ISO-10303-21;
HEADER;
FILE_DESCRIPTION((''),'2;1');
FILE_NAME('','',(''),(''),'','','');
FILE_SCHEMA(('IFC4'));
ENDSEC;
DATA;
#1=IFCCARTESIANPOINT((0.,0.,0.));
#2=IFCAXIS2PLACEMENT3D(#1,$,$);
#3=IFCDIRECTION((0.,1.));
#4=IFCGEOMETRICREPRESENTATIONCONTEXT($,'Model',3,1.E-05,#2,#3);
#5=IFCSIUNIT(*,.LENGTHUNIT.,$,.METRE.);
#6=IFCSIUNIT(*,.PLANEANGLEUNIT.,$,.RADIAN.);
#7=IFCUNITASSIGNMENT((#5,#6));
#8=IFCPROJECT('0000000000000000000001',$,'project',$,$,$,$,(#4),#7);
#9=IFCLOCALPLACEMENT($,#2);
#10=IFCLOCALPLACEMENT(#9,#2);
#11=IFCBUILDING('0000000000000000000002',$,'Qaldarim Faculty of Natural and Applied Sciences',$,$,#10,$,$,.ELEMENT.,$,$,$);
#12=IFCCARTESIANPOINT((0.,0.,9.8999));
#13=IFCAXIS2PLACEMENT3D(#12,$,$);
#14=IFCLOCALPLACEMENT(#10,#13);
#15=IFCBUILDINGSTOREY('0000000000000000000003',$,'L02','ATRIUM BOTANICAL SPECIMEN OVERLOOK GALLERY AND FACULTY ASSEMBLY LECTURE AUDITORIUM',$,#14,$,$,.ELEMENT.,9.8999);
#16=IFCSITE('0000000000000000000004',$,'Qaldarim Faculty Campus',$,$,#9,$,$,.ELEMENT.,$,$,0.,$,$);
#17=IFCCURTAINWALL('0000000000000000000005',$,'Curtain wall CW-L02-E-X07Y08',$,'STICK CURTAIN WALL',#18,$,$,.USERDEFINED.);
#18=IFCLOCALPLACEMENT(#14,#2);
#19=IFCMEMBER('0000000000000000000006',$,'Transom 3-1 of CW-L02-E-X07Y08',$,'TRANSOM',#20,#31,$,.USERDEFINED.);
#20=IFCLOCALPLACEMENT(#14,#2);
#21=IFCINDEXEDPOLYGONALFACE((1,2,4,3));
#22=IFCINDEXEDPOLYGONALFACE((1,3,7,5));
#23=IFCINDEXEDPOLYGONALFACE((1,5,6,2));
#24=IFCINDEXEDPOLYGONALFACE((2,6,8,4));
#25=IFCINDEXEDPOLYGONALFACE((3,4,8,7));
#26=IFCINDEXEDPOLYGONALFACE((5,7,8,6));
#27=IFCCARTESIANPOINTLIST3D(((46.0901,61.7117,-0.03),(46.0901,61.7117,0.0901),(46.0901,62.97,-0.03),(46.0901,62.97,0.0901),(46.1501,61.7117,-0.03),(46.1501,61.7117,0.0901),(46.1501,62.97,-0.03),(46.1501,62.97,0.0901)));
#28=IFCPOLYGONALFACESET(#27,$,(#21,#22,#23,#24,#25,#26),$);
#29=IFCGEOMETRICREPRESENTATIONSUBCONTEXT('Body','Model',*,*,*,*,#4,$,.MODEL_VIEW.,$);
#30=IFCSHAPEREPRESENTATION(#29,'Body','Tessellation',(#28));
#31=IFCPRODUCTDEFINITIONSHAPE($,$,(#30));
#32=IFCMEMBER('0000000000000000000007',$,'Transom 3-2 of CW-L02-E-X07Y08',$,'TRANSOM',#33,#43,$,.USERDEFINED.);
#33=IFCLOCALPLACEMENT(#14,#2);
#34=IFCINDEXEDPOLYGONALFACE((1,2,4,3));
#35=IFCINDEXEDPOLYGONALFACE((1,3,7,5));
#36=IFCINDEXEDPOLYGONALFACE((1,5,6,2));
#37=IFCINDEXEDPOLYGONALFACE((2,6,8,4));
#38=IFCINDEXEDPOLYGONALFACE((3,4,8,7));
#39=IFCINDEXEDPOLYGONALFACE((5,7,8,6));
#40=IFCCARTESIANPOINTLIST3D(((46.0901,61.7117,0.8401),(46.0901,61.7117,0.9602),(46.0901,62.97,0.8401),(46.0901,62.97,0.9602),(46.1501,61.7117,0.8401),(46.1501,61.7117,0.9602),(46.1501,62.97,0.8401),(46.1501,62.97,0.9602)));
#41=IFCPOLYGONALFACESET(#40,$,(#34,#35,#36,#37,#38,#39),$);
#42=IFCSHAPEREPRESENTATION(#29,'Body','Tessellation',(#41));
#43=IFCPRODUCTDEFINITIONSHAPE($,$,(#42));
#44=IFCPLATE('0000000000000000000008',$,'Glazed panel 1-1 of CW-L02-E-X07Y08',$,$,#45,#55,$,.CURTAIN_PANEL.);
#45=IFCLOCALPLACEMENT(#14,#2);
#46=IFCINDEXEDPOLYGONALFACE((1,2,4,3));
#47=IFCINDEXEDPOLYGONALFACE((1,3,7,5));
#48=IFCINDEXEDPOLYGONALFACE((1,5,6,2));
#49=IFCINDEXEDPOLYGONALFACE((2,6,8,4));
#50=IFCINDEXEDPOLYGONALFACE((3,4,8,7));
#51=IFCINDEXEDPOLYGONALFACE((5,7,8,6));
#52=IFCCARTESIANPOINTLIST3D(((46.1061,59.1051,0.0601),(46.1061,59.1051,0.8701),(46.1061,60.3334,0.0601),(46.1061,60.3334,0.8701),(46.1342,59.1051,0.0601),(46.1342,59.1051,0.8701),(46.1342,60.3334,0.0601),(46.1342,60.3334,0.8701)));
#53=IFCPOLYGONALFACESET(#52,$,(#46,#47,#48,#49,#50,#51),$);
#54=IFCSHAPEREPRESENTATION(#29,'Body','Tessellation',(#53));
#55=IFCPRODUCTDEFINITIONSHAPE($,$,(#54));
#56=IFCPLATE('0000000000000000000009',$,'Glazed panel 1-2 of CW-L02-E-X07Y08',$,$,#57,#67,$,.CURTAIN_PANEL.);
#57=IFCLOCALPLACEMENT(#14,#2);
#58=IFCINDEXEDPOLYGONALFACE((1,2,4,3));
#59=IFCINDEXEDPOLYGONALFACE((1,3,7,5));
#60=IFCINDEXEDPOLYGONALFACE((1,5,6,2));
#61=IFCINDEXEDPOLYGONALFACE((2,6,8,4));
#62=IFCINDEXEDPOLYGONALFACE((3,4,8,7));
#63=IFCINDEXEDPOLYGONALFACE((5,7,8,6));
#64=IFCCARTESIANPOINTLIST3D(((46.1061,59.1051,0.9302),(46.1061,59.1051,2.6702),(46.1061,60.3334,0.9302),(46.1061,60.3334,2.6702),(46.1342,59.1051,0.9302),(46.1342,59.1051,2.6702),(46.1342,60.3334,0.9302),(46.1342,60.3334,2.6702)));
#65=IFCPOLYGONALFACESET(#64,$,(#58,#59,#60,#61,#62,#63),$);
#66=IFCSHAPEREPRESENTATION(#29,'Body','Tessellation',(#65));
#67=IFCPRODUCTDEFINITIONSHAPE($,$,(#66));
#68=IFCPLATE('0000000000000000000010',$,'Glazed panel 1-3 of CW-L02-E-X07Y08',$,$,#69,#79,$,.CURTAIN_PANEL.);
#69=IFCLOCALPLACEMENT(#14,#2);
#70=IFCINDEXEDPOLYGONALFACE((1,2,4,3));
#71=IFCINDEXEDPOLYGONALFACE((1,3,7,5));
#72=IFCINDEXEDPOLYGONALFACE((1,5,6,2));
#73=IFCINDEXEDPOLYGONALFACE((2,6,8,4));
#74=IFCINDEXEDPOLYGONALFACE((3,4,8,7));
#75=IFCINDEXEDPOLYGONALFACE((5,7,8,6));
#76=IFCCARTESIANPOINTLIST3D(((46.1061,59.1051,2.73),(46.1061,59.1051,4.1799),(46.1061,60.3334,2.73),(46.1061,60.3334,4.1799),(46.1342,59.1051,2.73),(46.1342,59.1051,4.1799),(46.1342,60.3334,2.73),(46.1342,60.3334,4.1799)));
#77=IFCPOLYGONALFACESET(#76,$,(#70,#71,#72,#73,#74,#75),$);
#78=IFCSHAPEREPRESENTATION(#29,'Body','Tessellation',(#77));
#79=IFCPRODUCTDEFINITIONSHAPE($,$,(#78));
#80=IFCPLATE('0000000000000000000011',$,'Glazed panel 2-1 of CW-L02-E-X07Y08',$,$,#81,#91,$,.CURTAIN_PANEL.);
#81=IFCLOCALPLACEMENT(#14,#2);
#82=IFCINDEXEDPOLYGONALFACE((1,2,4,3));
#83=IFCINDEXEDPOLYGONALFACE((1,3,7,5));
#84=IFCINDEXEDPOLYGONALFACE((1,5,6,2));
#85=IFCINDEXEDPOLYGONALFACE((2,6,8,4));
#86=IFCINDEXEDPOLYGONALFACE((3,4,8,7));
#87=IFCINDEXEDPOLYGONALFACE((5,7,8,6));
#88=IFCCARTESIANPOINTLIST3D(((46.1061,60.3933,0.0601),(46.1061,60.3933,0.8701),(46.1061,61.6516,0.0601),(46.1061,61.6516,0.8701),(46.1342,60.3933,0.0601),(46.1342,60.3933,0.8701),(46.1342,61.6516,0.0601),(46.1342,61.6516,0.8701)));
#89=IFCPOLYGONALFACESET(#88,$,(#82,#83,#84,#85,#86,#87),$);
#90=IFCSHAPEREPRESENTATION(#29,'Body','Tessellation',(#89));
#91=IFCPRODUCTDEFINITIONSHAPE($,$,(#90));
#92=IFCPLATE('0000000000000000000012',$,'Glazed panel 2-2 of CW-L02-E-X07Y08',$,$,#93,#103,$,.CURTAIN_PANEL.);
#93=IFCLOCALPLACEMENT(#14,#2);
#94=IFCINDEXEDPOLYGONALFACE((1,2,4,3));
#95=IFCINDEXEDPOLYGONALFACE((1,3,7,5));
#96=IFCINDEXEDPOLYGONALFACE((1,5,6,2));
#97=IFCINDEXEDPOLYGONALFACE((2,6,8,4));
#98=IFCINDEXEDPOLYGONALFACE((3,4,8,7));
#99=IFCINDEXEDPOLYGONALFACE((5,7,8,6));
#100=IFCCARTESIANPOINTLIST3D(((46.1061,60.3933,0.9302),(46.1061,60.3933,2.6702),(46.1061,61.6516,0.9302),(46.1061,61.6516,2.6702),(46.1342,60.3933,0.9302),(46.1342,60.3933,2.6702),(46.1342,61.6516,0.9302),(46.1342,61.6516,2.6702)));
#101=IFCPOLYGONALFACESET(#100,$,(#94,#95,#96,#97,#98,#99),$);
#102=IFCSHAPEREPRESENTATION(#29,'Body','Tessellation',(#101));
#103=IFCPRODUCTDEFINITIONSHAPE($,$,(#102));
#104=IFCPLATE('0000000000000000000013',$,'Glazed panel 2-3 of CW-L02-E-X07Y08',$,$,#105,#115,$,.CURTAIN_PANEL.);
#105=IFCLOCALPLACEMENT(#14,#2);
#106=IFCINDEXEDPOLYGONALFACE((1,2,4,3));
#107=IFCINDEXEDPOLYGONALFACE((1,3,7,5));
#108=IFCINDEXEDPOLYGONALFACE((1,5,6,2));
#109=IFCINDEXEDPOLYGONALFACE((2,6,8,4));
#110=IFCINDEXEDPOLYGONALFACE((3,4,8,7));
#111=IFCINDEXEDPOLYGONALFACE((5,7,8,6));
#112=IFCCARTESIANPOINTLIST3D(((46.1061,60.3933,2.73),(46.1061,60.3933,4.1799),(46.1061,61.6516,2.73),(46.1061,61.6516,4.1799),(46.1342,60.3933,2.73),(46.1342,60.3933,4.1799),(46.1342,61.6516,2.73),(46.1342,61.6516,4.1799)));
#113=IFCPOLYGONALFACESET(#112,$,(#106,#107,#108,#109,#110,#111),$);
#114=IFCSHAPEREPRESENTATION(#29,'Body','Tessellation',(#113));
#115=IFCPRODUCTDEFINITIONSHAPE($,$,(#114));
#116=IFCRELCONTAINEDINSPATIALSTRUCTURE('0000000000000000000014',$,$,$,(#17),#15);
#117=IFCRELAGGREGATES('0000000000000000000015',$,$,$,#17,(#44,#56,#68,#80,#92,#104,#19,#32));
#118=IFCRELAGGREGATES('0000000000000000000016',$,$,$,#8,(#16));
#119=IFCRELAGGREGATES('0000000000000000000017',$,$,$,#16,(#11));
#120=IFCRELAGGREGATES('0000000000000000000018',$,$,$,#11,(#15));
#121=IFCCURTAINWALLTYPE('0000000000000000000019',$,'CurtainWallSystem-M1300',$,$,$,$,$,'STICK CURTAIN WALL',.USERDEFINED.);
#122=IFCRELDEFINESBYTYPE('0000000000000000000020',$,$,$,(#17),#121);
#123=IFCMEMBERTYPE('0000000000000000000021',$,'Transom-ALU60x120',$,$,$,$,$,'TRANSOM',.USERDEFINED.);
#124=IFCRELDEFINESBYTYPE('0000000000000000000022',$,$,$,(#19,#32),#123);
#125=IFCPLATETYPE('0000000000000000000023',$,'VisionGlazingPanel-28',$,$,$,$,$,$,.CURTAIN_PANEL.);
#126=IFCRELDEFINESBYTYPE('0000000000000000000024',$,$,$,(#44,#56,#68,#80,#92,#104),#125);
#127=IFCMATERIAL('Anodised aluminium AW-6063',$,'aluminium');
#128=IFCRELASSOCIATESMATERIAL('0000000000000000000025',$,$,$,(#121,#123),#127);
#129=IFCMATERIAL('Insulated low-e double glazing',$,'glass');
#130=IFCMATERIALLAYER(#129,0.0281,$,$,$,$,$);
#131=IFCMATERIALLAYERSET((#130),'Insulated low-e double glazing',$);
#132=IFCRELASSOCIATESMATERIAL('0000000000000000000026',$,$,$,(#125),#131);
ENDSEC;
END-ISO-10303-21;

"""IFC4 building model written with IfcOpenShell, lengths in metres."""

from ifc_helpers import new_model, si_unit, direction, frame, origin, origin_2d, place, context, subcontext, project, spatial, rectangle, extrude, material, layer, layer_set, material_profile, profile_set, type_object, element, aggregate, save


model = new_model("IFC4")

# Units and contexts
model_context = context("Model", 3, precision=1e-05, world=origin(), true_north=direction((0.0, 1.0)))
body_context = subcontext(model_context, "Body", "Model", "MODEL_VIEW")
ifc_project = project(units=[si_unit("LENGTHUNIT", "METRE"), si_unit("PLANEANGLEUNIT", "RADIAN")], contexts=[model_context])

# Site, building, storey
site_placement = place(None, origin())
site = spatial("IfcSite", under=ifc_project, at=site_placement, Name="Qaldarim Faculty Campus", CompositionType="ELEMENT", RefElevation=0.0)
building_placement = place(site_placement, origin())
building = spatial("IfcBuilding", under=site, at=building_placement, Name="Qaldarim Faculty of Natural and Applied Sciences", CompositionType="ELEMENT")
storey_placement = place(building_placement, frame((0.0, 0.0, 9.8999)))
storey = spatial("IfcBuildingStorey", under=building, at=storey_placement, Name="L02", Description="ATRIUM BOTANICAL SPECIMEN OVERLOOK GALLERY AND FACULTY ASSEMBLY LECTURE AUDITORIUM", CompositionType="ELEMENT", Elevation=9.8999)

# Curtain wall
ifc_material_1 = material(Name="Anodised aluminium AW-6063", Category="aluminium")
curtain_wall_type = type_object("IfcCurtainWallType", Name="CurtainWallSystem-M1300", ElementType="STICK CURTAIN WALL", PredefinedType="USERDEFINED", material=ifc_material_1)
curtain_wall_placement = place(storey_placement, origin())
curtain_wall = element("IfcCurtainWall", 1, at=curtain_wall_placement, inside=storey, type_object=curtain_wall_type, Name="Curtain wall CW-L02-E-X07Y08", ObjectType="STICK CURTAIN WALL", PredefinedType="USERDEFINED")

# Members
ifc_material_profile_1 = material_profile(ifc_material_1, rectangle(XDim=0.0601, YDim=0.1201, at=origin_2d()), Name="ALU-T60x120")
ifc_profile_set_1 = profile_set([ifc_material_profile_1], Name="Anodised aluminium AW-6063")
member_type_1 = type_object("IfcMemberType", Name="Transom-ALU60x120", ElementType="TRANSOM", PredefinedType="USERDEFINED", material=ifc_profile_set_1)
member_1_placement = place(storey_placement, frame((46.1201, 61.7117, 0.03), z_axis=(0.0, 1.0, 0.0), x_axis=(-1.0, 0.0, 0.0)))
member_1 = element("IfcMember", 2, at=member_1_placement, type_object=member_type_1, Name="Transom 3-1 of CW-L02-E-X07Y08", ObjectType="TRANSOM", PredefinedType="USERDEFINED", context=body_context, shape_type="SweptSolid", body=[
    extrude(rectangle(XDim=0.0601, YDim=0.1201, at=origin_2d()), origin(), (0.0, 0.0, 1.0), 1.2583),
])
member_2_placement = place(storey_placement, frame((46.1201, 61.7117, 0.9001), z_axis=(0.0, 1.0, 0.0), x_axis=(-1.0, 0.0, 0.0)))
member_2 = element("IfcMember", 3, at=member_2_placement, type_object=member_type_1, Name="Transom 3-2 of CW-L02-E-X07Y08", ObjectType="TRANSOM", PredefinedType="USERDEFINED", context=body_context, shape_type="SweptSolid", body=[
    extrude(rectangle(XDim=0.0601, YDim=0.1201, at=origin_2d()), origin(), (0.0, 0.0, 1.0), 1.2583),
])

# Plates
ifc_material_2 = material(Name="Insulated low-e double glazing", Category="glass")
ifc_layer = layer(ifc_material_2, 0.0281)
ifc_layer_set = layer_set([ifc_layer], Name="Insulated low-e double glazing")
plate_type = type_object("IfcPlateType", Name="VisionGlazingPanel-28", PredefinedType="CURTAIN_PANEL", material=ifc_layer_set)
plate_1_placement = place(storey_placement, frame((46.1201, 59.7192, 0.0601), z_axis=(0.0, 0.0, 1.0), x_axis=(0.0, 1.0, 0.0)))
plate_1 = element("IfcPlate", 4, at=plate_1_placement, type_object=plate_type, Name="Glazed panel 1-1 of CW-L02-E-X07Y08", PredefinedType="CURTAIN_PANEL", context=body_context, shape_type="SweptSolid", body=[
    extrude(rectangle(XDim=1.2283, YDim=0.0281, at=origin_2d()), origin(), (0.0, 0.0, 1.0), 0.8101),
])
plate_2_placement = place(storey_placement, frame((46.1201, 59.7192, 0.9302), z_axis=(0.0, 0.0, 1.0), x_axis=(0.0, 1.0, 0.0)))
plate_2 = element("IfcPlate", 5, at=plate_2_placement, type_object=plate_type, Name="Glazed panel 1-2 of CW-L02-E-X07Y08", PredefinedType="CURTAIN_PANEL", context=body_context, shape_type="SweptSolid", body=[
    extrude(rectangle(XDim=1.2283, YDim=0.0281, at=origin_2d()), origin(), (0.0, 0.0, 1.0), 1.74),
])
plate_3_placement = place(storey_placement, frame((46.1201, 59.7192, 2.73), z_axis=(0.0, 0.0, 1.0), x_axis=(0.0, 1.0, 0.0)))
plate_3 = element("IfcPlate", 6, at=plate_3_placement, type_object=plate_type, Name="Glazed panel 1-3 of CW-L02-E-X07Y08", PredefinedType="CURTAIN_PANEL", context=body_context, shape_type="SweptSolid", body=[
    extrude(rectangle(XDim=1.2283, YDim=0.0281, at=origin_2d()), origin(), (0.0, 0.0, 1.0), 1.45),
])
plate_4_placement = place(storey_placement, frame((46.1201, 61.0225, 0.0601), z_axis=(0.0, 0.0, 1.0), x_axis=(0.0, 1.0, 0.0)))
plate_4 = element("IfcPlate", 7, at=plate_4_placement, type_object=plate_type, Name="Glazed panel 2-1 of CW-L02-E-X07Y08", PredefinedType="CURTAIN_PANEL", context=body_context, shape_type="SweptSolid", body=[
    extrude(rectangle(XDim=1.2583, YDim=0.0281, at=origin_2d()), origin(), (0.0, 0.0, 1.0), 0.8101),
])
plate_5_placement = place(storey_placement, frame((46.1201, 61.0225, 0.9302), z_axis=(0.0, 0.0, 1.0), x_axis=(0.0, 1.0, 0.0)))
plate_5 = element("IfcPlate", 8, at=plate_5_placement, type_object=plate_type, Name="Glazed panel 2-2 of CW-L02-E-X07Y08", PredefinedType="CURTAIN_PANEL", context=body_context, shape_type="SweptSolid", body=[
    extrude(rectangle(XDim=1.2583, YDim=0.0281, at=origin_2d()), origin(), (0.0, 0.0, 1.0), 1.74),
])
plate_6_placement = place(storey_placement, frame((46.1201, 61.0225, 2.73), z_axis=(0.0, 0.0, 1.0), x_axis=(0.0, 1.0, 0.0)))
plate_6 = element("IfcPlate", 9, at=plate_6_placement, type_object=plate_type, Name="Glazed panel 2-3 of CW-L02-E-X07Y08", PredefinedType="CURTAIN_PANEL", context=body_context, shape_type="SweptSolid", body=[
    extrude(rectangle(XDim=1.2583, YDim=0.0281, at=origin_2d()), origin(), (0.0, 0.0, 1.0), 1.45),
])
aggregate(curtain_wall, [plate_1, plate_2, plate_3, plate_4, plate_5, plate_6, member_1, member_2])

save(model, "model.ifc")
